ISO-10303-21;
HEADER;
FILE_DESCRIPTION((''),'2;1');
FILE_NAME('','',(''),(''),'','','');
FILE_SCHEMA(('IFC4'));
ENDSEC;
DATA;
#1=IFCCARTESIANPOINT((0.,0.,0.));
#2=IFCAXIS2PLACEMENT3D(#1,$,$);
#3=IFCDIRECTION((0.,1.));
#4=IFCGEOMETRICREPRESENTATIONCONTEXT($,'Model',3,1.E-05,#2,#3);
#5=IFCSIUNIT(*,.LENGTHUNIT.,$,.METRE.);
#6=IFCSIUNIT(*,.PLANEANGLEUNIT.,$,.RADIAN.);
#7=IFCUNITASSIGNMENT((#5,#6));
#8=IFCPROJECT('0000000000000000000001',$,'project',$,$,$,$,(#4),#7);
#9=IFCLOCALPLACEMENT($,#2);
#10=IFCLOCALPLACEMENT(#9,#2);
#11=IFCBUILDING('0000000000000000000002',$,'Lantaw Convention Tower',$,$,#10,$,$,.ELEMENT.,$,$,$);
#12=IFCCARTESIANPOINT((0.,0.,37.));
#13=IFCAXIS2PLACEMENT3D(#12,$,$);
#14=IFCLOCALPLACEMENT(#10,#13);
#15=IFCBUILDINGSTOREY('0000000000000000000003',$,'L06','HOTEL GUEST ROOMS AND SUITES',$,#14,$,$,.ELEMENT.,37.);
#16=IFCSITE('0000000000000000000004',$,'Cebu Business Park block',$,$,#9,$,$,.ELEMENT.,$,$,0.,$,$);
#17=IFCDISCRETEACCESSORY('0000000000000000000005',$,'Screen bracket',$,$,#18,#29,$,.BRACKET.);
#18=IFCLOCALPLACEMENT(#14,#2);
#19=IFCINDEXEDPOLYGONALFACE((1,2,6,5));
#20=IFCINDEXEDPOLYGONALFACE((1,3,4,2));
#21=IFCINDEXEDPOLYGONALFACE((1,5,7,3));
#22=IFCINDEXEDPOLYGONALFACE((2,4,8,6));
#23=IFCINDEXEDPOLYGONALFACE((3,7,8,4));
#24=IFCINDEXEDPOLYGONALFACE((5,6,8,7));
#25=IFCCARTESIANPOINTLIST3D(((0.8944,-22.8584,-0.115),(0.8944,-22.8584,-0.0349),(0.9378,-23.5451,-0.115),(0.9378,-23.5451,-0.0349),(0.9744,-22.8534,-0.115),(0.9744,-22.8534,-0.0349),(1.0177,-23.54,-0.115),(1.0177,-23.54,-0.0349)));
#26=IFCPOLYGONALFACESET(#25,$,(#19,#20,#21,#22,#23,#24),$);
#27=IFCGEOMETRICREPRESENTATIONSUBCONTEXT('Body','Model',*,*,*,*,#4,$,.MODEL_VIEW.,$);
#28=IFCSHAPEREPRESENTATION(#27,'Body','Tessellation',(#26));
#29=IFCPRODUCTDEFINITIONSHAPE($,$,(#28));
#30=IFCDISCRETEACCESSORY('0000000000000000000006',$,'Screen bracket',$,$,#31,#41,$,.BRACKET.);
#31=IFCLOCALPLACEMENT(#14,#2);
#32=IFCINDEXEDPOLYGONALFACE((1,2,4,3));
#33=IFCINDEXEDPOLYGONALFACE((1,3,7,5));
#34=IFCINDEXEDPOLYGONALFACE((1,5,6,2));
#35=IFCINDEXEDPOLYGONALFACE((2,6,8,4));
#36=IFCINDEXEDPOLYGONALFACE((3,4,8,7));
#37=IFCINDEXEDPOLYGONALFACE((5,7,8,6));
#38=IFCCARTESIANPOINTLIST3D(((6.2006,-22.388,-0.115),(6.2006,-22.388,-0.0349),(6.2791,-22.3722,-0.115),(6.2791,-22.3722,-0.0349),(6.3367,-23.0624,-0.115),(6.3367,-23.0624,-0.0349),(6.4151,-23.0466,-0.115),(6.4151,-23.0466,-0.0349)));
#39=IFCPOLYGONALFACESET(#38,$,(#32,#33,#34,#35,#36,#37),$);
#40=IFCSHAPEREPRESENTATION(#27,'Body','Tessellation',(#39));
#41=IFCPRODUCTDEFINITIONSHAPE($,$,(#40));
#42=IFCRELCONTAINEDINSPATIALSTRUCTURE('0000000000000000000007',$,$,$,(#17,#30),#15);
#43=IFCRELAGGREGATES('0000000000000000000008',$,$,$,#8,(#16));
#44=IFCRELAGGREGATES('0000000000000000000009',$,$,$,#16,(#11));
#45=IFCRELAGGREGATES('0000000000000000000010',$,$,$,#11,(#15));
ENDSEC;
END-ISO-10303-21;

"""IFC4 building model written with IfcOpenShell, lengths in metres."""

from ifc_helpers import new_model, si_unit, direction, frame, origin, origin_2d, place, context, subcontext, project, spatial, rectangle, extrude, element, save


model = new_model("IFC4")

# Units and contexts
model_context = context("Model", 3, precision=1e-05, world=origin(), true_north=direction((0.0, 1.0)))
body_context = subcontext(model_context, "Body", "Model", "MODEL_VIEW")
ifc_project = project(units=[si_unit("LENGTHUNIT", "METRE"), si_unit("PLANEANGLEUNIT", "RADIAN")], contexts=[model_context])

# Site, building, storey
site_placement = place(None, origin())
site = spatial("IfcSite", under=ifc_project, at=site_placement, Name="Cebu Business Park block", CompositionType="ELEMENT", RefElevation=0.0)
building_placement = place(site_placement, origin())
building = spatial("IfcBuilding", under=site, at=building_placement, Name="Lantaw Convention Tower", CompositionType="ELEMENT")
storey_placement = place(building_placement, frame((0.0, 0.0, 37.0)))
storey = spatial("IfcBuildingStorey", under=building, at=storey_placement, Name="L06", Description="HOTEL GUEST ROOMS AND SUITES", CompositionType="ELEMENT", Elevation=37.0)

# Discrete accessories
for number, where, z_axis, x_axis, name in (
    (1, (0.9561, -23.1992, -0.115), (0.0, 0.0, 1.0), (0.998016, 0.062958, 0.0), "Screen bracket"),
    (2, (6.3079, -22.7173, -0.115), (0.0, 0.0, 1.0), (0.980245, 0.197789, 0.0), "Screen bracket"),
):
    element("IfcDiscreteAccessory", number, at=place(storey_placement, frame(where, z_axis=z_axis, x_axis=x_axis)), inside=storey, Name=name, PredefinedType="BRACKET", context=body_context, shape_type="SweptSolid", body=[
        extrude(rectangle(XDim=0.0801, YDim=0.688, at=origin_2d()), origin(), (0.0, 0.0, 1.0), 0.0801),
    ])

save(model, "model.ifc")
